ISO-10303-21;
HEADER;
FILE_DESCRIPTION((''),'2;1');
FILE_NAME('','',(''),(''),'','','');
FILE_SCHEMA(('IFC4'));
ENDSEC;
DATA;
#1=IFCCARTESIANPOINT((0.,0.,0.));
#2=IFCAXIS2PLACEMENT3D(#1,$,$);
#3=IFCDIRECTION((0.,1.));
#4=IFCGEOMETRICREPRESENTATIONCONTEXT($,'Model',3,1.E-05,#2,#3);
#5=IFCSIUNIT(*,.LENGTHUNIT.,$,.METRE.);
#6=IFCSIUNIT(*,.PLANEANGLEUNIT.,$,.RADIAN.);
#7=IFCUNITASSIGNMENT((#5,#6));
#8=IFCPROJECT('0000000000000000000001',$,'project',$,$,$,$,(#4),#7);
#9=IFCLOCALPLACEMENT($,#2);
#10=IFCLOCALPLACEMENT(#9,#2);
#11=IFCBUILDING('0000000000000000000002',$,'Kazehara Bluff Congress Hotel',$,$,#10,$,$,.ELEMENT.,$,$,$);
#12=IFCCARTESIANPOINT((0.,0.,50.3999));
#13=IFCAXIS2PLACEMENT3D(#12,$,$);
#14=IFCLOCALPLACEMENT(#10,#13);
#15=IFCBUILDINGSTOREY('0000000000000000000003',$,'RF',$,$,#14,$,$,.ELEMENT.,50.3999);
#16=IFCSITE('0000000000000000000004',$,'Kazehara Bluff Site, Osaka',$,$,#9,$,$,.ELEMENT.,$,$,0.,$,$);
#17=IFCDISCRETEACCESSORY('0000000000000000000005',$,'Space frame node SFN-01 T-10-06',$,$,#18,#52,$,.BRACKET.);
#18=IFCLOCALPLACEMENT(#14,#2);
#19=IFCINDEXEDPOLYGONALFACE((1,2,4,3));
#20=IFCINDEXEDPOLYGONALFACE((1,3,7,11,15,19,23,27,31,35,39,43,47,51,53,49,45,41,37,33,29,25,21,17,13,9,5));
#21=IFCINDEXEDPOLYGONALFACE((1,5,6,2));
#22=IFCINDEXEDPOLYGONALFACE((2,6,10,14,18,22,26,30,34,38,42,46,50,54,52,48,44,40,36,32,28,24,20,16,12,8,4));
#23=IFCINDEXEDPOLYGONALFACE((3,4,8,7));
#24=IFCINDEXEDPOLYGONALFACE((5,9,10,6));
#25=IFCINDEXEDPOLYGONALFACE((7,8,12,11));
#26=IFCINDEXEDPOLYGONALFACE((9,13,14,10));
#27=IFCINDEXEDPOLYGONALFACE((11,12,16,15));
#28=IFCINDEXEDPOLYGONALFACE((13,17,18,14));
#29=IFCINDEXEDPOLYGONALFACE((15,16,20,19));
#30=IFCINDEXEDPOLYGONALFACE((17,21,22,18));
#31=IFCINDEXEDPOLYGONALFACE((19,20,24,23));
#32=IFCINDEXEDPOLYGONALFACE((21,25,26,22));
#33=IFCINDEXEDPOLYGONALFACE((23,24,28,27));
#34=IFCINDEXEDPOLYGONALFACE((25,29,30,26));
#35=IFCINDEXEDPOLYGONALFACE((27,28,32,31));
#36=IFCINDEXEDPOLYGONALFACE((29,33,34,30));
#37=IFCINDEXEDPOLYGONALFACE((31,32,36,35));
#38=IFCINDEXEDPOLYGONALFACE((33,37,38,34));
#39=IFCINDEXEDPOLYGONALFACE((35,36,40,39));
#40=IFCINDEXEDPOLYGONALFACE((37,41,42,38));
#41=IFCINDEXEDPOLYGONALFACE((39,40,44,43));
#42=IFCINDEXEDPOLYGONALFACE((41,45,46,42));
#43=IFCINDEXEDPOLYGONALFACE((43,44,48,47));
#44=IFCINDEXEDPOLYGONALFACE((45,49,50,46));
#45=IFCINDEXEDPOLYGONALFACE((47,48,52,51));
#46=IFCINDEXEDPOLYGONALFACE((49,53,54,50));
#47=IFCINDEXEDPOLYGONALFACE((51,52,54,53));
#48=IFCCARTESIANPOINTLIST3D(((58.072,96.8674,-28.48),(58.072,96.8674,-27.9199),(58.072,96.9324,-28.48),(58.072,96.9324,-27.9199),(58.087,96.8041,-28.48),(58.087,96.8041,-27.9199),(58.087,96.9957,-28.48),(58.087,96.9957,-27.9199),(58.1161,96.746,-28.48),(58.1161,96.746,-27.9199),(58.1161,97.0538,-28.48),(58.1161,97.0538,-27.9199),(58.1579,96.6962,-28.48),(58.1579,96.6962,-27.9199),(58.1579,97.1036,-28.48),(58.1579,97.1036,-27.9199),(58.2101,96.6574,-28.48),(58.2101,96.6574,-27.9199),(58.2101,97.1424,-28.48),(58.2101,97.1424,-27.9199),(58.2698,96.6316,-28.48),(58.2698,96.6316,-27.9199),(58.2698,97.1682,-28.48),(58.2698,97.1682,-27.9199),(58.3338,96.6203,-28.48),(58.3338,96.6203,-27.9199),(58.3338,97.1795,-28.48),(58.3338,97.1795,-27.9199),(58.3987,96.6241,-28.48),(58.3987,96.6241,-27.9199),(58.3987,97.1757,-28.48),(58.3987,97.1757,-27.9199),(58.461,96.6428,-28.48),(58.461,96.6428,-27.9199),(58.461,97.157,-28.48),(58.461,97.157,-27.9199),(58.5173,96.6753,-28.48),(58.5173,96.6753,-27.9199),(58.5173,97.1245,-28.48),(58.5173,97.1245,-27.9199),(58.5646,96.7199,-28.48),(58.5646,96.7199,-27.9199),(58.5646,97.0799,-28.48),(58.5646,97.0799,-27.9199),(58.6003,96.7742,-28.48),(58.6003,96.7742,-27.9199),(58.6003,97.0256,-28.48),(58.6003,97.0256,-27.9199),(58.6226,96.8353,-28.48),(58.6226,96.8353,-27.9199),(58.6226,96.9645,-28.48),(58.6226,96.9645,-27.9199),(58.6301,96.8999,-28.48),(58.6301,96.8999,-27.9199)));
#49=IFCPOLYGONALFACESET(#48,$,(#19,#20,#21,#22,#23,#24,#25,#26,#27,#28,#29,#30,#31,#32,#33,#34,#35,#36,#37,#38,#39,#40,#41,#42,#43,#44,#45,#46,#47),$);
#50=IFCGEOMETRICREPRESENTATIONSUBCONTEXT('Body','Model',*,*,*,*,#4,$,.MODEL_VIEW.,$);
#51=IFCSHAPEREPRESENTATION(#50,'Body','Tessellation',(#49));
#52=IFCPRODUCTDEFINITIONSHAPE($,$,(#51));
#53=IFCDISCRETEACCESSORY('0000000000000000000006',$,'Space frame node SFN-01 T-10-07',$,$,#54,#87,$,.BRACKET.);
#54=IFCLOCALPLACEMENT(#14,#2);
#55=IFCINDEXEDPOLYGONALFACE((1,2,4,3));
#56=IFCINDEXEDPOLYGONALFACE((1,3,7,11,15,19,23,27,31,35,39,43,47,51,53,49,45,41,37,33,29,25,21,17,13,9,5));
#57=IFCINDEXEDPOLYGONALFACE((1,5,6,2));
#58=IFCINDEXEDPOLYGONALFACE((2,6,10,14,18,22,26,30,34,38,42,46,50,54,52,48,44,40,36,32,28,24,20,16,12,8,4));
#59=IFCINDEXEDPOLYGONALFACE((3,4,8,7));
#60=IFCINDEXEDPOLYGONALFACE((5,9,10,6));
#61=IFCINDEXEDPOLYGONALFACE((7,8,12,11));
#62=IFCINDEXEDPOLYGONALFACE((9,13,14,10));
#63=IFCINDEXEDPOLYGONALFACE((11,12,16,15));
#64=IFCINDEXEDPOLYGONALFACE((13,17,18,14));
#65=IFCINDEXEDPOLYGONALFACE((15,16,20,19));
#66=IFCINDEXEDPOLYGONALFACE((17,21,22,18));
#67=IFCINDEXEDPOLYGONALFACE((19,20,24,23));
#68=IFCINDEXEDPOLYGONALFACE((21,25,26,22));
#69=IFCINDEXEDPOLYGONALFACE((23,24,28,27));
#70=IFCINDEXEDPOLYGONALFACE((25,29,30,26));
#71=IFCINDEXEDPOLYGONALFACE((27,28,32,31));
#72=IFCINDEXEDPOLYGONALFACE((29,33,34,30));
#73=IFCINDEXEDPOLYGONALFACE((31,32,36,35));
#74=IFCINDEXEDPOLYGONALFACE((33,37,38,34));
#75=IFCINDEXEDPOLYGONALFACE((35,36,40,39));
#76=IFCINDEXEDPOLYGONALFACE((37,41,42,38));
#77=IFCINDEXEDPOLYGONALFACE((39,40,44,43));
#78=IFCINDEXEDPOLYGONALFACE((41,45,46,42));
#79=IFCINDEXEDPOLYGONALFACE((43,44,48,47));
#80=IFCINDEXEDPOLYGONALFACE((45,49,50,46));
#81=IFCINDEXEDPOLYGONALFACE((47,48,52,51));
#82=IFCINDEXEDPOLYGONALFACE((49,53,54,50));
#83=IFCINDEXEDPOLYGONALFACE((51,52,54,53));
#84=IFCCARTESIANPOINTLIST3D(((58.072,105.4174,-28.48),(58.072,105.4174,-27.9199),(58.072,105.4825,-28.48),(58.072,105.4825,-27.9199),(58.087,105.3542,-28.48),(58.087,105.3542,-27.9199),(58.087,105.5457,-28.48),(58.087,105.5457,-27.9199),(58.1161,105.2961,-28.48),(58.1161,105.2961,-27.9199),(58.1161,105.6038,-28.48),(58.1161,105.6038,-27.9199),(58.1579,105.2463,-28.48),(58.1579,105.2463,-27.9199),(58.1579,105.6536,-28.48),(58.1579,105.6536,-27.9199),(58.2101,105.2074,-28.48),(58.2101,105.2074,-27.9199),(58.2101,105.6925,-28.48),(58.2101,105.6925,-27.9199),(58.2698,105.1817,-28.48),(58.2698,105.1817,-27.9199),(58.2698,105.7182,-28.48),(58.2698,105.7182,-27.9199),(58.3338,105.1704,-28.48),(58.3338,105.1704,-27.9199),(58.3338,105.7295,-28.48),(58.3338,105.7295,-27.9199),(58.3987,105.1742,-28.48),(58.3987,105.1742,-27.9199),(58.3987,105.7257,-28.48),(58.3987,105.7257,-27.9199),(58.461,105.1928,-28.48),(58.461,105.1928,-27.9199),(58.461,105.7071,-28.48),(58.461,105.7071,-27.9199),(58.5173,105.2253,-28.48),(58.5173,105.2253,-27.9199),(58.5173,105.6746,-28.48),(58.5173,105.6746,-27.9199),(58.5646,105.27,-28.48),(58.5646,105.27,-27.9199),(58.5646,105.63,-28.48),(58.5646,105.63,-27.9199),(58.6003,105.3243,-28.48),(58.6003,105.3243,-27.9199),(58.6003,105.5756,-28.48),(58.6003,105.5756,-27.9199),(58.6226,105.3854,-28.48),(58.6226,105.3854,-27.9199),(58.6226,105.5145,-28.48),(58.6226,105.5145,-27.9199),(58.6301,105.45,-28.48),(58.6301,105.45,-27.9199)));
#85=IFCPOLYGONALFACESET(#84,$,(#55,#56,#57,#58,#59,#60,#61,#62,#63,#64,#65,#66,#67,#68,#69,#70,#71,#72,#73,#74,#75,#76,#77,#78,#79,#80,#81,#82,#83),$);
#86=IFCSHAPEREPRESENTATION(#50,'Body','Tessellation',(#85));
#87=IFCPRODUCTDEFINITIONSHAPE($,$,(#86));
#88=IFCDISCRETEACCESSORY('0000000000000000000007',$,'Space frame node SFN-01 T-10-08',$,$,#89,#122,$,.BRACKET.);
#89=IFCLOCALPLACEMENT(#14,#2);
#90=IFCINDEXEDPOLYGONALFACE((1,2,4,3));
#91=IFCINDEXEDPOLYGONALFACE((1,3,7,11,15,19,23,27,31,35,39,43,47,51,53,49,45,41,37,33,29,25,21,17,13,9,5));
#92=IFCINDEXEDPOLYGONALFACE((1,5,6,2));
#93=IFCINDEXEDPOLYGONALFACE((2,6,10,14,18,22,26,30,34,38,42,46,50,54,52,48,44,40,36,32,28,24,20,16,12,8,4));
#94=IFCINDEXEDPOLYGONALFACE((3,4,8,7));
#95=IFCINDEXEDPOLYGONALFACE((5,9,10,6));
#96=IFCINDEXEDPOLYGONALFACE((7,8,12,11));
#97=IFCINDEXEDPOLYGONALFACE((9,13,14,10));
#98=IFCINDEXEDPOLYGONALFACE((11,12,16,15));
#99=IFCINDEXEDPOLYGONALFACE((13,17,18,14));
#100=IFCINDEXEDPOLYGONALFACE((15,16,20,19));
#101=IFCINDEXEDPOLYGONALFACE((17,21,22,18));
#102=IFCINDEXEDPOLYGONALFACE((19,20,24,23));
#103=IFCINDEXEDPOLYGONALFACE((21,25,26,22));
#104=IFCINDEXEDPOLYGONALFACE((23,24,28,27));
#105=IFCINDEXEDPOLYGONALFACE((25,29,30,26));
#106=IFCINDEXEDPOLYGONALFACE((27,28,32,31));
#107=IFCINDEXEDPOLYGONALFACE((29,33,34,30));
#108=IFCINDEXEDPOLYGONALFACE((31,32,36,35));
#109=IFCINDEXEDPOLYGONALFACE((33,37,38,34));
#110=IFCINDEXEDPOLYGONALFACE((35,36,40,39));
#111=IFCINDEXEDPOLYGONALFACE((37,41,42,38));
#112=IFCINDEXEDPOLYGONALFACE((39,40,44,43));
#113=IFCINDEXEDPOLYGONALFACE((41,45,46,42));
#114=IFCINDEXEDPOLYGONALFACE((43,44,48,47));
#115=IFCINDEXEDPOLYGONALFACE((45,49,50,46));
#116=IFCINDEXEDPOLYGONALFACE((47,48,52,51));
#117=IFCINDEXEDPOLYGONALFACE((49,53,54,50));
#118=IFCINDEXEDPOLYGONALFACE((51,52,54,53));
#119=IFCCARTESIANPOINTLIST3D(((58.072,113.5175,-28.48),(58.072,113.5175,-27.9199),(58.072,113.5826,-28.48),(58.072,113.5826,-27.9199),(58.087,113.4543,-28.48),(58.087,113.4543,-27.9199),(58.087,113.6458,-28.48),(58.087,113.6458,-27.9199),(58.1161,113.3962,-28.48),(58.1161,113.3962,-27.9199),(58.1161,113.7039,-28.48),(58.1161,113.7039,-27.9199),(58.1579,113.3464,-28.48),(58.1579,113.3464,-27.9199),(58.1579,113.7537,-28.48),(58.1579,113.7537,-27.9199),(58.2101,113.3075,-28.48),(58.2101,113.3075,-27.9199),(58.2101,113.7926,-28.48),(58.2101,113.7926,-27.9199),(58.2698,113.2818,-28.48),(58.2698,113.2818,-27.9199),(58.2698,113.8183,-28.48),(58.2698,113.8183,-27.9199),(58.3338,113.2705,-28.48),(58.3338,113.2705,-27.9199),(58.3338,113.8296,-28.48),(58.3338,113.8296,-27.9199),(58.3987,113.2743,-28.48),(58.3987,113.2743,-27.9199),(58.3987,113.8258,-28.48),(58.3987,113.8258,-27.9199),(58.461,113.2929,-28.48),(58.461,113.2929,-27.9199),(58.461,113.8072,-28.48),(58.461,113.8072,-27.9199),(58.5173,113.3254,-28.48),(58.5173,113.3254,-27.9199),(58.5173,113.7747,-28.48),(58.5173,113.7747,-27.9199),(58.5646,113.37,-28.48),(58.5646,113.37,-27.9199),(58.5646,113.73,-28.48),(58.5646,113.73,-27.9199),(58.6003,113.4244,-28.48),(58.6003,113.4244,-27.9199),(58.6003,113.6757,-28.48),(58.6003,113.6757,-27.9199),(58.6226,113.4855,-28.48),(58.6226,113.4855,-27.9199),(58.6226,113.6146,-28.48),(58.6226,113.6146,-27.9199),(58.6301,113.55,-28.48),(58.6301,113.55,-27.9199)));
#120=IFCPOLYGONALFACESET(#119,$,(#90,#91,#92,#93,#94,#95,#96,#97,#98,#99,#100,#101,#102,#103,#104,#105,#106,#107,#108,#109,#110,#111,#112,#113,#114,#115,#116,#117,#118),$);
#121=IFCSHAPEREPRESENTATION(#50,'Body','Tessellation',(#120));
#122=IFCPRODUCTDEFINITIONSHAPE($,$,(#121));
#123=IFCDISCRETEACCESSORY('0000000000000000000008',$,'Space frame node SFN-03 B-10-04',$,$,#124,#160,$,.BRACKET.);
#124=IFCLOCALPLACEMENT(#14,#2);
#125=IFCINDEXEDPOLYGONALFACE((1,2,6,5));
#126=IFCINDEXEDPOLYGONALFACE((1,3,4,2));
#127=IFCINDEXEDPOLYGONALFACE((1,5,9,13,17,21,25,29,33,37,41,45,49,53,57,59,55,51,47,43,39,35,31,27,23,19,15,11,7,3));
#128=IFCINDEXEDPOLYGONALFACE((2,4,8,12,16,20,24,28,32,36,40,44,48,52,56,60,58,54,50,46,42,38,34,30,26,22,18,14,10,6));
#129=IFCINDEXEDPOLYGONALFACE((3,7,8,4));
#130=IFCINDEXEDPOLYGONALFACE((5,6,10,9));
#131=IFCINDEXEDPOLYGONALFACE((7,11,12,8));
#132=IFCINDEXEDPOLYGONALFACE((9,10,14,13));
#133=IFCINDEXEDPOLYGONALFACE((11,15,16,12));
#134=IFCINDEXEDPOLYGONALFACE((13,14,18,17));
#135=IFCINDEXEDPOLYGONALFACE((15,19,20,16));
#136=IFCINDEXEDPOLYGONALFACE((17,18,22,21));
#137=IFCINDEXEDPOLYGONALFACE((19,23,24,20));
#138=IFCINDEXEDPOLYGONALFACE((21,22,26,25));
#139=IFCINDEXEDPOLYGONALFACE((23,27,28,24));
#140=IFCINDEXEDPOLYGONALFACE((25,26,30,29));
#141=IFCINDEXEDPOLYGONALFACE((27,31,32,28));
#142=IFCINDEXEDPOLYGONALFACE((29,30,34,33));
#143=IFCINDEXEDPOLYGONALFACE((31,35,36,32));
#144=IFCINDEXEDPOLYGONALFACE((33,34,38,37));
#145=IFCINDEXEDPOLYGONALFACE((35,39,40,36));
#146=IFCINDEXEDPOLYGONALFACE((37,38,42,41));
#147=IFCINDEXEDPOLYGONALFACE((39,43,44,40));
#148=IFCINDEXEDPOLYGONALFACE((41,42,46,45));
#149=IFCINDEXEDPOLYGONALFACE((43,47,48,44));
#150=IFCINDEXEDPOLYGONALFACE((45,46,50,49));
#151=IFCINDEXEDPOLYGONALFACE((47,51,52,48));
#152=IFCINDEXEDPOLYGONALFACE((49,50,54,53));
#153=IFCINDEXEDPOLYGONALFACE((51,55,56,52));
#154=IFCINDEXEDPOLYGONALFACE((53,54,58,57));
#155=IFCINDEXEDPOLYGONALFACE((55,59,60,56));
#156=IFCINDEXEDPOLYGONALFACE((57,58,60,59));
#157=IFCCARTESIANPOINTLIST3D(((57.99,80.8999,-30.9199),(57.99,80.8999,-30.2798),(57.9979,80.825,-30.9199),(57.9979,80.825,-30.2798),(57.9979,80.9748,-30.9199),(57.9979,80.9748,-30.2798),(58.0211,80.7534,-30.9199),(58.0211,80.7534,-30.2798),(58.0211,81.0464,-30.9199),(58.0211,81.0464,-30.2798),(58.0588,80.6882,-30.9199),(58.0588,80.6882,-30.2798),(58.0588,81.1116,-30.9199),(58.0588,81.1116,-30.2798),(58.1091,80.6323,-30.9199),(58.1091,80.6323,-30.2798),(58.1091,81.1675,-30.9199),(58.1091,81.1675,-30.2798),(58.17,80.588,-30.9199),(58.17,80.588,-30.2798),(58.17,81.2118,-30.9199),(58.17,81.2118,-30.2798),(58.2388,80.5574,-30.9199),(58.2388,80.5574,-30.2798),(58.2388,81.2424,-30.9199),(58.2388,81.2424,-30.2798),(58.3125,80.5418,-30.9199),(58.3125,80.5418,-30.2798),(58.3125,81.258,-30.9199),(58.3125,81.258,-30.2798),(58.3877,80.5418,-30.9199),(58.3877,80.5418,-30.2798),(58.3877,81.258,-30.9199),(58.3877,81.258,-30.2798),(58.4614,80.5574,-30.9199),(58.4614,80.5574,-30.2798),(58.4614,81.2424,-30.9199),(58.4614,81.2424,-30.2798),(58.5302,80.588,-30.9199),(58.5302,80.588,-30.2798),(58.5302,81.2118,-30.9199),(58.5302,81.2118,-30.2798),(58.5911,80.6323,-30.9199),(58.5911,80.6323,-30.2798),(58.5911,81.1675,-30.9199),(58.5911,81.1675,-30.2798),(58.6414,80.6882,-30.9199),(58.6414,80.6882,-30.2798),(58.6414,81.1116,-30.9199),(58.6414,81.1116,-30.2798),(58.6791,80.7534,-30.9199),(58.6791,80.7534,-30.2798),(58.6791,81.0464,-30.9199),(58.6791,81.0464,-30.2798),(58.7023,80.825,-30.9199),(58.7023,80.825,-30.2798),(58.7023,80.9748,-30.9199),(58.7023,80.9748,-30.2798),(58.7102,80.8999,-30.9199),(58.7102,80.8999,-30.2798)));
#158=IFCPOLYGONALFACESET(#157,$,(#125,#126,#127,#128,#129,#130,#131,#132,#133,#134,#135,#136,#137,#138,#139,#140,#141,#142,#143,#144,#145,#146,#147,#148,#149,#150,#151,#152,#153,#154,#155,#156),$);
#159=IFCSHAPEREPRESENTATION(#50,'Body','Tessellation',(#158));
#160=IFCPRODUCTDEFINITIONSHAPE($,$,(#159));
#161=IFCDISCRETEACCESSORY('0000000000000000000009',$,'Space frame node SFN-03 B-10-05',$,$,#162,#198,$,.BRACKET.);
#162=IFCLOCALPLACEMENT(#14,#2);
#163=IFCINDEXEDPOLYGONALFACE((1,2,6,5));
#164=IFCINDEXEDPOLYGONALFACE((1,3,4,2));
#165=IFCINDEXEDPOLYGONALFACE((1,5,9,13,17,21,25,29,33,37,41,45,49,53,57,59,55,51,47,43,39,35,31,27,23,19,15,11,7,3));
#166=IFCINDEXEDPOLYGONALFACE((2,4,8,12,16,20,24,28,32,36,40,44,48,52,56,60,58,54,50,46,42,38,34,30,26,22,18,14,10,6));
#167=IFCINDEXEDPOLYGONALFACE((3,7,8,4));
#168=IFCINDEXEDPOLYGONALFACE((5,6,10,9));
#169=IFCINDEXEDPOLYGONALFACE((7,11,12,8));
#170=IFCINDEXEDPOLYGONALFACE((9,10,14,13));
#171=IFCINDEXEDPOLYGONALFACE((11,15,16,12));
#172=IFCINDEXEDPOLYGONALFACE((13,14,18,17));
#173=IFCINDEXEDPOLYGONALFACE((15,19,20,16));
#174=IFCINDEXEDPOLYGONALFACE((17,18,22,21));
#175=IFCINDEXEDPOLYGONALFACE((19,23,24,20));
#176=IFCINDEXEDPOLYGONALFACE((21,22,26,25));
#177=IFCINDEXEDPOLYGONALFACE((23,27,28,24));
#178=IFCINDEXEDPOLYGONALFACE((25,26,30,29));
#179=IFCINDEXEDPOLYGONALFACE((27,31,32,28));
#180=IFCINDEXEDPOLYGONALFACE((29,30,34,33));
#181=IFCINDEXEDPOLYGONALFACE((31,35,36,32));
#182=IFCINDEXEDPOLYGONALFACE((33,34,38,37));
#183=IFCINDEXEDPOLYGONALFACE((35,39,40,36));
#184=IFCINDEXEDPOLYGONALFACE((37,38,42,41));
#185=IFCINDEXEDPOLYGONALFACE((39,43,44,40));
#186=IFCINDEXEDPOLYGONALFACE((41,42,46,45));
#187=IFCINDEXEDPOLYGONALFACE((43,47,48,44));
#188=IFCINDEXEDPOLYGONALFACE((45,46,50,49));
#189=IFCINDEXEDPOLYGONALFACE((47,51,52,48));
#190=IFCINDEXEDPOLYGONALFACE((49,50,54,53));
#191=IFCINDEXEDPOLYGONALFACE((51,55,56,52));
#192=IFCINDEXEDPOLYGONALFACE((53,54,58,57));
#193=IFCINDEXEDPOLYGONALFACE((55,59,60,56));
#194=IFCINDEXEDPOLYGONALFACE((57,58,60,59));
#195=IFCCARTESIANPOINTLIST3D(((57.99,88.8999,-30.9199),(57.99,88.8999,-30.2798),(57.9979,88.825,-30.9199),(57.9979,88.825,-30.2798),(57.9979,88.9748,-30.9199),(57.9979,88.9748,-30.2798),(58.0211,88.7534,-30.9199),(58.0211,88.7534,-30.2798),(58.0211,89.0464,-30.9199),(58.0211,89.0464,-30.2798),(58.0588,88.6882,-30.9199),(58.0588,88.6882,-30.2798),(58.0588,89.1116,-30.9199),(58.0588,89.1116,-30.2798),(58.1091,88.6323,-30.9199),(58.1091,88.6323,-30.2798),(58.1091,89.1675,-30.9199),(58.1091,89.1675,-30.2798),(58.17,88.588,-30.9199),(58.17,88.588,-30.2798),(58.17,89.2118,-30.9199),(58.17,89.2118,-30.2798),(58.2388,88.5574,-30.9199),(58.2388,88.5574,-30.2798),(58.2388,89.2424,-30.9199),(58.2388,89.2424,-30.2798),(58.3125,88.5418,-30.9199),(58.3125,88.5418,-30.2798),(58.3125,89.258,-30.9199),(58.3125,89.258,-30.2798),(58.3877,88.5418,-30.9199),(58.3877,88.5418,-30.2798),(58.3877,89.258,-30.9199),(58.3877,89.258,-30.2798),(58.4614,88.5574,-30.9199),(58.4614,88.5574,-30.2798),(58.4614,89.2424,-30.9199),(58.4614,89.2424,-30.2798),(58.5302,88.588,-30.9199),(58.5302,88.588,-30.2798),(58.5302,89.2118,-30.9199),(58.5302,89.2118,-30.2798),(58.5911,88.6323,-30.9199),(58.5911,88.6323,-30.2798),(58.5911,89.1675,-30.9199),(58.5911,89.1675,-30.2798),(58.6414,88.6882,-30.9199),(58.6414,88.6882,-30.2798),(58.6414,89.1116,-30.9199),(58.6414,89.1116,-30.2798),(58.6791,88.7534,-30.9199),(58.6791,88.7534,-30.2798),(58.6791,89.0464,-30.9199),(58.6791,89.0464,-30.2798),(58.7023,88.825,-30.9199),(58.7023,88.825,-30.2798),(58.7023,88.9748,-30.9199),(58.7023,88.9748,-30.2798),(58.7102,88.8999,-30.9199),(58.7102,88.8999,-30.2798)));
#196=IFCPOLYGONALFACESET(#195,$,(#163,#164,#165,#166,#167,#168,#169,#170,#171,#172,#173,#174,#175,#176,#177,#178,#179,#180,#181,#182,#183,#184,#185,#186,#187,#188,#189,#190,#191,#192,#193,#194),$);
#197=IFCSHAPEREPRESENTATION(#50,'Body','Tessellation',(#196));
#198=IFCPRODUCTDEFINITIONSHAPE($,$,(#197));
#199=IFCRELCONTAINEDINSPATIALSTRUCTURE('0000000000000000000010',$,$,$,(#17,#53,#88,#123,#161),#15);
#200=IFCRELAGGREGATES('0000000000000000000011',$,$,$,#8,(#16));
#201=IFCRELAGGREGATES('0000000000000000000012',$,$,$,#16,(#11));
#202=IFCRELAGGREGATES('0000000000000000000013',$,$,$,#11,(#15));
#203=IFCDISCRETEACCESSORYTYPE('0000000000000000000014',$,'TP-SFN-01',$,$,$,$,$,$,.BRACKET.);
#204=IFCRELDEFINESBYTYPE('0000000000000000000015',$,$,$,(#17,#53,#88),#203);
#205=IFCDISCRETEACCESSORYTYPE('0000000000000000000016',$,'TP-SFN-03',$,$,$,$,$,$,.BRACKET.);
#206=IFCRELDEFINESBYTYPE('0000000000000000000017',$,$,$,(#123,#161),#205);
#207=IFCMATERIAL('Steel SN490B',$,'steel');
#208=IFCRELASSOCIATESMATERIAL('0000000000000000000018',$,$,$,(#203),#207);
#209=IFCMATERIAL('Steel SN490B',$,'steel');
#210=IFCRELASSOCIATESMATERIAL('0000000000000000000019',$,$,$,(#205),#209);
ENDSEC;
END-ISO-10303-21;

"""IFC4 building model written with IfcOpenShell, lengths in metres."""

from ifc_helpers import new_model, si_unit, direction, frame, origin, origin_2d, place, context, subcontext, project, spatial, circle, extrude, material, material_profile, profile_set, type_object, element, save


model = new_model("IFC4")

# Units and contexts
model_context = context("Model", 3, precision=1e-05, world=origin(), true_north=direction((0.0, 1.0)))
body_context = subcontext(model_context, "Body", "Model", "MODEL_VIEW")
ifc_project = project(units=[si_unit("LENGTHUNIT", "METRE"), si_unit("PLANEANGLEUNIT", "RADIAN")], contexts=[model_context])

# Site, building, storey
site_placement = place(None, origin())
site = spatial("IfcSite", under=ifc_project, at=site_placement, Name="Kazehara Bluff Site, Osaka", CompositionType="ELEMENT", RefElevation=0.0)
building_placement = place(site_placement, origin())
building = spatial("IfcBuilding", under=site, at=building_placement, Name="Kazehara Bluff Congress Hotel", CompositionType="ELEMENT")
storey_placement = place(building_placement, frame((0.0, 0.0, 50.3999)))
storey = spatial("IfcBuildingStorey", under=building, at=storey_placement, Name="RF", CompositionType="ELEMENT", Elevation=50.3999)

# Discrete accessories
ifc_material_1 = material(Name="Steel SN490B", Category="steel")
ifc_material_profile_1 = material_profile(ifc_material_1, circle(Radius=0.28, at=origin_2d()))
ifc_profile_set_1 = profile_set([ifc_material_profile_1], Name="Steel SN490B")
discrete_accessory_type_1 = type_object("IfcDiscreteAccessoryType", Name="TP-SFN-01", PredefinedType="BRACKET", material=ifc_profile_set_1)
for number, where, z_axis, x_axis, name in (
    (1, (58.3501, 96.8999, -28.48), (0.0, 0.0, 1.0), (1.0, 0.0, 0.0), "Space frame node SFN-01 T-10-06"),
    (2, (58.3501, 105.45, -28.48), (0.0, 0.0, 1.0), (1.0, 0.0, 0.0), "Space frame node SFN-01 T-10-07"),
    (3, (58.3501, 113.55, -28.48), (0.0, 0.0, 1.0), (1.0, 0.0, 0.0), "Space frame node SFN-01 T-10-08"),
):
    element("IfcDiscreteAccessory", number, at=place(storey_placement, frame(where, z_axis=z_axis, x_axis=x_axis)), inside=storey, type_object=discrete_accessory_type_1, Name=name, PredefinedType="BRACKET", context=body_context, shape_type="SweptSolid", body=[
        extrude(circle(Radius=0.28, at=origin_2d()), origin(), (0.0, 0.0, 1.0), 0.5601),
    ])
ifc_material_2 = material(Name="Steel SN490B", Category="steel")
ifc_material_profile_2 = material_profile(ifc_material_2, circle(Radius=0.3601, at=origin_2d()))
ifc_profile_set_2 = profile_set([ifc_material_profile_2], Name="Steel SN490B")
discrete_accessory_type_2 = type_object("IfcDiscreteAccessoryType", Name="TP-SFN-03", PredefinedType="BRACKET", material=ifc_profile_set_2)
for number, where, z_axis, x_axis, name in (
    (4, (58.3501, 80.8999, -30.9199), (0.0, 0.0, 1.0), (1.0, 0.0, 0.0), "Space frame node SFN-03 B-10-04"),
    (5, (58.3501, 88.8999, -30.9199), (0.0, 0.0, 1.0), (1.0, 0.0, 0.0), "Space frame node SFN-03 B-10-05"),
):
    element("IfcDiscreteAccessory", number, at=place(storey_placement, frame(where, z_axis=z_axis, x_axis=x_axis)), inside=storey, type_object=discrete_accessory_type_2, Name=name, PredefinedType="BRACKET", context=body_context, shape_type="SweptSolid", body=[
        extrude(circle(Radius=0.3601, at=origin_2d()), origin(), (0.0, 0.0, 1.0), 0.6401),
    ])

save(model, "model.ifc")
